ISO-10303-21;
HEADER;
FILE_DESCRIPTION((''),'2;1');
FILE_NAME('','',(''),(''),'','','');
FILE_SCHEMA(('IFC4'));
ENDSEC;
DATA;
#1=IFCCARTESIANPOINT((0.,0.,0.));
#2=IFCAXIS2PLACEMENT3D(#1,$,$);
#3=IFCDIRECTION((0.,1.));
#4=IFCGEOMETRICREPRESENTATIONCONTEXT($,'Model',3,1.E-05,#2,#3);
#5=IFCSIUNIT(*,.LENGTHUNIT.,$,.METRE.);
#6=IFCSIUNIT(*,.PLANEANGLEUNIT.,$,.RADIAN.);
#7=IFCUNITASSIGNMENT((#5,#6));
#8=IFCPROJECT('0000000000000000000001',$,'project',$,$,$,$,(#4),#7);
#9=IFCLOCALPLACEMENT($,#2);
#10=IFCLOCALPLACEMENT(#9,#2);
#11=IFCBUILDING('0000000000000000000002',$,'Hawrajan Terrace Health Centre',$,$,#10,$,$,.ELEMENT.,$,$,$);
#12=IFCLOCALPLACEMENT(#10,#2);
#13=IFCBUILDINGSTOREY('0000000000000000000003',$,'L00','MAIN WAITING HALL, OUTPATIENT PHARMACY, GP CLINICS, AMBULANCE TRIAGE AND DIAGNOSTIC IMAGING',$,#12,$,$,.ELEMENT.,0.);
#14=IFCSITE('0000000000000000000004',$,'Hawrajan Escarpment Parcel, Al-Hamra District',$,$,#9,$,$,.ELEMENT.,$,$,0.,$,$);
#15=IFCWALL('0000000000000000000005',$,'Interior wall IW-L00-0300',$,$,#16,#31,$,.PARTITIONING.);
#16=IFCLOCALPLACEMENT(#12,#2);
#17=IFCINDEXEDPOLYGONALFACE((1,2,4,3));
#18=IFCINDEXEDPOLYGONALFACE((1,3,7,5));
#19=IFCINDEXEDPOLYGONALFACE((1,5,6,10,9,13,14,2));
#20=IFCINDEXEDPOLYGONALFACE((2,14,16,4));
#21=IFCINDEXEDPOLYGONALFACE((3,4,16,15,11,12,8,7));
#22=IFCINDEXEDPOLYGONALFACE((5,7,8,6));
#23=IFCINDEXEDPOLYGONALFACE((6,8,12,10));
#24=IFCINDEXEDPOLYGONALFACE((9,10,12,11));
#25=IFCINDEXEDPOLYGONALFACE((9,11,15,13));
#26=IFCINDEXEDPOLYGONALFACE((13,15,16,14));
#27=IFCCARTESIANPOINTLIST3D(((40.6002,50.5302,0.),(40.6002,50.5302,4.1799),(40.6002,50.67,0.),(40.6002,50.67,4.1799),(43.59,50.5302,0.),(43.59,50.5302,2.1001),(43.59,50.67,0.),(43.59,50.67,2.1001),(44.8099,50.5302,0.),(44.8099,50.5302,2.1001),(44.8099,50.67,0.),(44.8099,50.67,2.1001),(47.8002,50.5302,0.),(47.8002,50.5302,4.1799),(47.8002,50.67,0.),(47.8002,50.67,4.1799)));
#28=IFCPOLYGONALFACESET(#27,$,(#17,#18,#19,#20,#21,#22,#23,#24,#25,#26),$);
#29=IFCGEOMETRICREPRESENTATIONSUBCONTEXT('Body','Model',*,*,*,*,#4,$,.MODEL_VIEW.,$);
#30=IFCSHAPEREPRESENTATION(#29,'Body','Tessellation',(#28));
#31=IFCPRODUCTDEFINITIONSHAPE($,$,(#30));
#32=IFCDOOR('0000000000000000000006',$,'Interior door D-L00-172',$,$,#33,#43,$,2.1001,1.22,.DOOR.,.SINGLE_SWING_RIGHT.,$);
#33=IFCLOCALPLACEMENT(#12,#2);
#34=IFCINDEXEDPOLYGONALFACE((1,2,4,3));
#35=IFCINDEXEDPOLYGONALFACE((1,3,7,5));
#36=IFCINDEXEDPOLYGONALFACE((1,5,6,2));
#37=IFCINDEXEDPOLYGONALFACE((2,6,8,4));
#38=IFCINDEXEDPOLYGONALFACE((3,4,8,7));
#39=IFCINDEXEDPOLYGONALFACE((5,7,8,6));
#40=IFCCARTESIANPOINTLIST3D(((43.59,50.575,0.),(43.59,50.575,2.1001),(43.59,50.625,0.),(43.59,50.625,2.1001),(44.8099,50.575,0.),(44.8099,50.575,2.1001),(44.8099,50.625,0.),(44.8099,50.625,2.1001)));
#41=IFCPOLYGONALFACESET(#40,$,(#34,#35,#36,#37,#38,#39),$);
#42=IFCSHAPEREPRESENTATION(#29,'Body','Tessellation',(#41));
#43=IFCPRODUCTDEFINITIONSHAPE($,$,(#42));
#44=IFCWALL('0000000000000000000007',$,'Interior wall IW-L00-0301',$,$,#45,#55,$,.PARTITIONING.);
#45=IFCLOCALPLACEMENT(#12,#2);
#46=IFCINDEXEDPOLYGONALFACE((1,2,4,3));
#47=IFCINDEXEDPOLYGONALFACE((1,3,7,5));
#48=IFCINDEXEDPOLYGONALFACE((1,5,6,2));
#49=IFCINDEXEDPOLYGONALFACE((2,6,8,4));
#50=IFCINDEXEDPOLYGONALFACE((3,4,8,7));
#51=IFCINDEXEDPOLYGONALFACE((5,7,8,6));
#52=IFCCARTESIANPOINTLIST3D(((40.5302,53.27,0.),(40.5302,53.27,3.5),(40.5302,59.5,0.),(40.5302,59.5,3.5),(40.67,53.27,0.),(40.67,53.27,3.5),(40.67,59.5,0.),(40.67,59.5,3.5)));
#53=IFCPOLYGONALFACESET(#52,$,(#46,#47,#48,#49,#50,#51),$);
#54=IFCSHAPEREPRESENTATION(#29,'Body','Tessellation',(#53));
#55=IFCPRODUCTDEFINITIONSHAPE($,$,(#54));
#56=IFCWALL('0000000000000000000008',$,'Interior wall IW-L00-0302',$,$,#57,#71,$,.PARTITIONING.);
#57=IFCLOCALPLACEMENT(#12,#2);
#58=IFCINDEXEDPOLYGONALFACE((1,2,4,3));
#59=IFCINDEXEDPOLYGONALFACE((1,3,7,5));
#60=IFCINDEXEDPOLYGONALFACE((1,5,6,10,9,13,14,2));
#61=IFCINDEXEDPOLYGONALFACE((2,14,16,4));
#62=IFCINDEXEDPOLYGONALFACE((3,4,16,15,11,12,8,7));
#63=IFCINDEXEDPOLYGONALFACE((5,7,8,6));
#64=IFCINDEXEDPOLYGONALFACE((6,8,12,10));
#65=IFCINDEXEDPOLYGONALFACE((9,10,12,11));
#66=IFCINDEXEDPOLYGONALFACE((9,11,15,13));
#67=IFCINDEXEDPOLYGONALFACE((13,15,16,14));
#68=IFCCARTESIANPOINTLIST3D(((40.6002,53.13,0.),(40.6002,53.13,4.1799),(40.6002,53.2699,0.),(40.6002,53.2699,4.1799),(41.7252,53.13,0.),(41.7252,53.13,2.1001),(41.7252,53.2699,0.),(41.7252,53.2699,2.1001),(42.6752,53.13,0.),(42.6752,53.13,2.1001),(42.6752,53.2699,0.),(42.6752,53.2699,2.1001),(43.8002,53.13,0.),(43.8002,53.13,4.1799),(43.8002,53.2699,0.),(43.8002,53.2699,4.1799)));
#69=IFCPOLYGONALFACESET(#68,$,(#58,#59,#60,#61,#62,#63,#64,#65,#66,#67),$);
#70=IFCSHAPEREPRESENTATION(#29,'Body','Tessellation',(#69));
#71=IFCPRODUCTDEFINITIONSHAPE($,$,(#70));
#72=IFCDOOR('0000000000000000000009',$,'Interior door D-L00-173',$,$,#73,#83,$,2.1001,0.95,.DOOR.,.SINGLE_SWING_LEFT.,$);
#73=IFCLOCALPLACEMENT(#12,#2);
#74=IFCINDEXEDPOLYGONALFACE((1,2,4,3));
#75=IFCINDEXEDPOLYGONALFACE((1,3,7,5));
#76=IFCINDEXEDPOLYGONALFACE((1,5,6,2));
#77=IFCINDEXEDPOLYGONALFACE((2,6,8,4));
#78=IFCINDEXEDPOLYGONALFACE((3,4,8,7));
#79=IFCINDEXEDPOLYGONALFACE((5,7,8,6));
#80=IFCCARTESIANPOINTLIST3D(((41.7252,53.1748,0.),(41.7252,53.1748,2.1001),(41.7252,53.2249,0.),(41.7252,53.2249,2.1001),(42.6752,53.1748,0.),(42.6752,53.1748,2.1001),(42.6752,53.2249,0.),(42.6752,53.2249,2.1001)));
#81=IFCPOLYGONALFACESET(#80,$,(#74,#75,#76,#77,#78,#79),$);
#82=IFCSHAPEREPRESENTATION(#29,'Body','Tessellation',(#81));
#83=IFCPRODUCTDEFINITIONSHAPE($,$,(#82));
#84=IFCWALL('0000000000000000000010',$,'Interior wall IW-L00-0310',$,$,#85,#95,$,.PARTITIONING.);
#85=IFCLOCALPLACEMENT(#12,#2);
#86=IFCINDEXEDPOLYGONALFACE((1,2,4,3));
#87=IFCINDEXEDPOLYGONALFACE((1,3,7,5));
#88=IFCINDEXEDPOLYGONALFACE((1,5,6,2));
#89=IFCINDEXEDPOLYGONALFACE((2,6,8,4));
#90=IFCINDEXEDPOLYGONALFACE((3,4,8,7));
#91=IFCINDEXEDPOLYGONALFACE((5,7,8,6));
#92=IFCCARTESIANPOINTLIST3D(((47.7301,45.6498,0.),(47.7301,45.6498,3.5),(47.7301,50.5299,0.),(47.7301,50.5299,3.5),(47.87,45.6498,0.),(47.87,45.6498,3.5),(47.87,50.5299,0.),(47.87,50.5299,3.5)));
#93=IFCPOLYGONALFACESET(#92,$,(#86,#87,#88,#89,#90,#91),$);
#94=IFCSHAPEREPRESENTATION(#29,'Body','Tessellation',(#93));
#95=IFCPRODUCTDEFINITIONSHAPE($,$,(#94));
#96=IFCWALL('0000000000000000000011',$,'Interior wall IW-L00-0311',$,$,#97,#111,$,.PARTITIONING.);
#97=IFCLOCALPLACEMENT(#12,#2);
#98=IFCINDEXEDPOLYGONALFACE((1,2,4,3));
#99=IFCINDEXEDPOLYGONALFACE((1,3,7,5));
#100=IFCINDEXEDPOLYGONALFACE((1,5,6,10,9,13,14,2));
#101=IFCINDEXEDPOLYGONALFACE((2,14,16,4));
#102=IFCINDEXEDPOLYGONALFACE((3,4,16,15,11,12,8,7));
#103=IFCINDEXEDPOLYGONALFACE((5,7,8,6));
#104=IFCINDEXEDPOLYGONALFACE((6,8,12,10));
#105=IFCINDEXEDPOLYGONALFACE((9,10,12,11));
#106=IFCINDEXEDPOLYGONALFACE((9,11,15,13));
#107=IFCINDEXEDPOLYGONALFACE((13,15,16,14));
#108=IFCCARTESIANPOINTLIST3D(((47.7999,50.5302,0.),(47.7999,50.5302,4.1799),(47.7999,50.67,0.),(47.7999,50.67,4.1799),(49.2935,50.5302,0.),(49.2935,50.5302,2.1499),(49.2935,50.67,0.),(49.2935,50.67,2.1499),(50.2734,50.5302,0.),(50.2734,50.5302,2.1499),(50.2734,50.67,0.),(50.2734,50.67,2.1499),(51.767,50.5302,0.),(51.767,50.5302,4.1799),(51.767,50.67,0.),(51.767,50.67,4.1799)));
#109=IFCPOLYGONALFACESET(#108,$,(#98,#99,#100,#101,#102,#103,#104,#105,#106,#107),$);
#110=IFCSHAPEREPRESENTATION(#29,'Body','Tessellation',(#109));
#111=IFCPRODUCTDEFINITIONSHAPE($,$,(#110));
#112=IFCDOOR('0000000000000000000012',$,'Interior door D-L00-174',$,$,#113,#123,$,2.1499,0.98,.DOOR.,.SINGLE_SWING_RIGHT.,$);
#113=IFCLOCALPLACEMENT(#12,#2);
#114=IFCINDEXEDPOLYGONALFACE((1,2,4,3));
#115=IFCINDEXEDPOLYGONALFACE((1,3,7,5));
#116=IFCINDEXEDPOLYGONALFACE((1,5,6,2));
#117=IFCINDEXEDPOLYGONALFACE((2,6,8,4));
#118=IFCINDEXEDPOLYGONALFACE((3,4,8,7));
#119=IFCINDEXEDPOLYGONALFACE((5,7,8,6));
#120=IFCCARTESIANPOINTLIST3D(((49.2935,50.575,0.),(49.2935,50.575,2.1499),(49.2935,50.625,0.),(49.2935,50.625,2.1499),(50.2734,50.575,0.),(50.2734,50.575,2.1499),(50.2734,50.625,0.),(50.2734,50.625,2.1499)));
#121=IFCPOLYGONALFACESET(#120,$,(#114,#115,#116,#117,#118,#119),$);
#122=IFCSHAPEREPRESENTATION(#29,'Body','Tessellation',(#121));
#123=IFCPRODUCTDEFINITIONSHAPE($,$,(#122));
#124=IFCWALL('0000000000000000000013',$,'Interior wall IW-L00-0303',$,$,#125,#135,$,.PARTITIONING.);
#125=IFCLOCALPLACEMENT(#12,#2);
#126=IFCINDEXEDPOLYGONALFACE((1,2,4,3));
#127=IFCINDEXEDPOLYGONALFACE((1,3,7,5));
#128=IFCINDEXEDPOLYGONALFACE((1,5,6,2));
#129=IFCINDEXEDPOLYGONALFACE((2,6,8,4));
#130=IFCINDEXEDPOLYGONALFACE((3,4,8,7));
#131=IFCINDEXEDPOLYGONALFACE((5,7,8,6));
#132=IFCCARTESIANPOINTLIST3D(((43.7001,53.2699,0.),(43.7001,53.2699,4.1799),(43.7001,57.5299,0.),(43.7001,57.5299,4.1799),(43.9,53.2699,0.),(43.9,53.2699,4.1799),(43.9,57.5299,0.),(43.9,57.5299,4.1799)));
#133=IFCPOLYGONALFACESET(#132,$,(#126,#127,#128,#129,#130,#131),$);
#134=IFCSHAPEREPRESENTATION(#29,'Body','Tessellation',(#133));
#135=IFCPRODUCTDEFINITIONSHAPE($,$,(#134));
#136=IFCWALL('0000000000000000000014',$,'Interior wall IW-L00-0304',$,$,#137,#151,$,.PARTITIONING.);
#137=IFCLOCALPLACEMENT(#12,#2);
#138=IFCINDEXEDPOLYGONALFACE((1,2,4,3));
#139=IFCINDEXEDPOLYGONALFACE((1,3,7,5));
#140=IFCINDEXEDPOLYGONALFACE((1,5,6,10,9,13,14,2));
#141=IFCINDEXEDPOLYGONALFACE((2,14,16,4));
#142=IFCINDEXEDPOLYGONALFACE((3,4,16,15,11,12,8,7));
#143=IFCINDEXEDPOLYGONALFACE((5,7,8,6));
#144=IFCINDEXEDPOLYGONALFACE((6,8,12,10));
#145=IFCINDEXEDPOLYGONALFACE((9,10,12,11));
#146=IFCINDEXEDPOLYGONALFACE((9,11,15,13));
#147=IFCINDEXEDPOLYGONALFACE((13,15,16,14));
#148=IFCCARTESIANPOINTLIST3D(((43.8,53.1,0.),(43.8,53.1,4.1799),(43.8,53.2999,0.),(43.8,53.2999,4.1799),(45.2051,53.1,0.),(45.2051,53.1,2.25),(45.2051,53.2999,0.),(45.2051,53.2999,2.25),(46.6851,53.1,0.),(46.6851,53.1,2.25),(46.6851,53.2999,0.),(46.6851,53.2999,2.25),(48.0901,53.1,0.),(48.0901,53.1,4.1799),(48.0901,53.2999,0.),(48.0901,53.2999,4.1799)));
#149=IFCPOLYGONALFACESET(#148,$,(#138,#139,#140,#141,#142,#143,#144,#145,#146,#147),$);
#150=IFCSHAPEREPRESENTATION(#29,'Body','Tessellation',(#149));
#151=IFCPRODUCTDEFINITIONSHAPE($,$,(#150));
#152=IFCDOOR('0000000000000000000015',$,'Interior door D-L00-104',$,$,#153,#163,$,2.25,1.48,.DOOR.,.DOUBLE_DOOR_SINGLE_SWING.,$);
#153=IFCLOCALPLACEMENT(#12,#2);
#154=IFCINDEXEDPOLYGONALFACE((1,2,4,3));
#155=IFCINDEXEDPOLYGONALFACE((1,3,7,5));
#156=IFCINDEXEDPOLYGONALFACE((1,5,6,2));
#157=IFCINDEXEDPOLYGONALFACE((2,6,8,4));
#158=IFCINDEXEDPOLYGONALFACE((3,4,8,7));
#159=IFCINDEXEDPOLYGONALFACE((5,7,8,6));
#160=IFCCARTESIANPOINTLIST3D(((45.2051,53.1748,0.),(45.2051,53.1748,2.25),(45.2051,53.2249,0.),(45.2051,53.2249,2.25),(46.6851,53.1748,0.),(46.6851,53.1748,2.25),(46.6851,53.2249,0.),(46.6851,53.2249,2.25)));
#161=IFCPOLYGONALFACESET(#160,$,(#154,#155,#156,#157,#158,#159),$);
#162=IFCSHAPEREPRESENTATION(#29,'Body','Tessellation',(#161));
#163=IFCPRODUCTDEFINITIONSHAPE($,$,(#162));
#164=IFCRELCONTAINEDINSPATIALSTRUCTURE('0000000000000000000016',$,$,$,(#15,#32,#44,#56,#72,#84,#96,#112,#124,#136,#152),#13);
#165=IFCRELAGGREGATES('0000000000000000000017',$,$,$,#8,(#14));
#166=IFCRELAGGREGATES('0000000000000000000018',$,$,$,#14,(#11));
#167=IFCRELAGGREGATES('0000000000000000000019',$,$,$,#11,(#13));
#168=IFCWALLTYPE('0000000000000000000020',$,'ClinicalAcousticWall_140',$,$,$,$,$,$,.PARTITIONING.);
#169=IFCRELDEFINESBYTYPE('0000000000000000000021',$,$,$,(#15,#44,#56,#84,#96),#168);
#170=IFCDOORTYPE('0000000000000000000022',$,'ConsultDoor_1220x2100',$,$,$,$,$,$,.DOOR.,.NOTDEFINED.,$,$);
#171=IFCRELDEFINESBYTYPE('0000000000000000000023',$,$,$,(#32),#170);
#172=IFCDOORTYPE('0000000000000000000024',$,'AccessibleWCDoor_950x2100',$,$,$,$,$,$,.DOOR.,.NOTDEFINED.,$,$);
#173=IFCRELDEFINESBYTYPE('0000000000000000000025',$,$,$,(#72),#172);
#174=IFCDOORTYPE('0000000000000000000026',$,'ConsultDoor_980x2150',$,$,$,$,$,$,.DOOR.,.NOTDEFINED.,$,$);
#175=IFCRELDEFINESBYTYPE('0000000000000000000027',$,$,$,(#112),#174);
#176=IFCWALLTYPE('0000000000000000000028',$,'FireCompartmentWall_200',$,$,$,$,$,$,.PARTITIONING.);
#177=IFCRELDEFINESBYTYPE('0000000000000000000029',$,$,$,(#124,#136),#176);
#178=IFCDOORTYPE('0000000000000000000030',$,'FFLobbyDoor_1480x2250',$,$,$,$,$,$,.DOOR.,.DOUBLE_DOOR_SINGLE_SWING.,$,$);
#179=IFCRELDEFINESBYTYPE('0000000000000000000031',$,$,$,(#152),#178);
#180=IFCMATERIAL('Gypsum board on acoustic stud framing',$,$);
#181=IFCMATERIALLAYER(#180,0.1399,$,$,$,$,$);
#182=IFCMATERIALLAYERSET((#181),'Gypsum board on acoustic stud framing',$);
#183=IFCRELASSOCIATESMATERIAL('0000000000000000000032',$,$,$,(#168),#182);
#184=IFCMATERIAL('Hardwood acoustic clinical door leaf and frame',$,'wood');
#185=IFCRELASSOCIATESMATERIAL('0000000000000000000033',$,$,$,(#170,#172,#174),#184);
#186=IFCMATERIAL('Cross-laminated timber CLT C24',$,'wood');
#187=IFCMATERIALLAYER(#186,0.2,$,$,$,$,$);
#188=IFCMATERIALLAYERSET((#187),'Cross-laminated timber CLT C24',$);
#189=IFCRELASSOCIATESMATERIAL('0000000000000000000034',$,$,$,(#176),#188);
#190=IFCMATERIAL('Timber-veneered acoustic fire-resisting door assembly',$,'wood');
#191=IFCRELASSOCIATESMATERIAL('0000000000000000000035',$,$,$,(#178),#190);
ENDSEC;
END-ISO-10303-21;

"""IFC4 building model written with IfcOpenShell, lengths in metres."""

from ifc_helpers import new_model, si_unit, direction, frame, frame_2d, origin, place, context, subcontext, project, spatial, rectangle, extrude, material, layer, layer_set, type_object, element, fill, save


model = new_model("IFC4")

# Units and contexts
model_context = context("Model", 3, precision=1e-05, world=origin(), true_north=direction((0.0, 1.0)))
body_context = subcontext(model_context, "Body", "Model", "MODEL_VIEW")
ifc_project = project(units=[si_unit("LENGTHUNIT", "METRE"), si_unit("PLANEANGLEUNIT", "RADIAN")], contexts=[model_context])

# Site, building, storey
site_placement = place(None, origin())
site = spatial("IfcSite", under=ifc_project, at=site_placement, Name="Hawrajan Escarpment Parcel, Al-Hamra District", CompositionType="ELEMENT", RefElevation=0.0)
building_placement = place(site_placement, origin())
building = spatial("IfcBuilding", under=site, at=building_placement, Name="Hawrajan Terrace Health Centre", CompositionType="ELEMENT")
storey_placement = place(building_placement, origin())
storey = spatial("IfcBuildingStorey", under=building, at=storey_placement, Name="L00", Description="MAIN WAITING HALL, OUTPATIENT PHARMACY, GP CLINICS, AMBULANCE TRIAGE AND DIAGNOSTIC IMAGING", CompositionType="ELEMENT", Elevation=0.0)

# Shared definitions
ifc_material_1 = material(Name="Gypsum board on acoustic stud framing")
ifc_layer_1 = layer(ifc_material_1, 0.1399)
ifc_layer_set_1 = layer_set([ifc_layer_1], Name="Gypsum board on acoustic stud framing")
wall_type_1 = type_object("IfcWallType", Name="ClinicalAcousticWall_140", PredefinedType="PARTITIONING", material=ifc_layer_set_1)

# Wall, opening, door
wall_1_placement = place(storey_placement, frame((40.6001, 50.6001, 0.0), z_axis=(0.0, 0.0, 1.0), x_axis=(1.0, 0.0, 0.0)))
wall_1 = element("IfcWall", 1, at=wall_1_placement, inside=storey, type_object=wall_type_1, Name="Interior wall IW-L00-0300", PredefinedType="PARTITIONING", context=body_context, shape_type="SweptSolid", body=[
    extrude(rectangle(XDim=7.2, YDim=0.1399, at=frame_2d((3.6001, 0.0))), origin(), (0.0, 0.0, 1.0), 4.1799),
])
opening_1_placement = place(wall_1_placement, frame((2.99, 0.0, 0.0)))
opening_1 = element("IfcOpeningElement", 2, at=opening_1_placement, cuts=wall_1, PredefinedType="OPENING", context=body_context, shape_type="SweptSolid", body=[
    extrude(rectangle(XDim=1.22, YDim=2.1001, at=frame_2d((0.6099, 1.05))), frame((0.0, 0.0798, 0.0), z_axis=(0.0, -1.0, 0.0), x_axis=(1.0, 0.0, 0.0)), (0.0, 0.0, 1.0), 0.1599),
])
ifc_material_2 = material(Name="Hardwood acoustic clinical door leaf and frame", Category="wood")
door_type_1 = type_object("IfcDoorType", Name="ConsultDoor_1220x2100", OperationType="NOTDEFINED", PredefinedType="DOOR", material=ifc_material_2)
door_1_placement = place(opening_1_placement, origin())
door_1 = element("IfcDoor", 3, at=door_1_placement, inside=storey, type_object=door_type_1, Name="Interior door D-L00-172", OperationType="SINGLE_SWING_RIGHT", OverallHeight=2.1001, OverallWidth=1.22, PredefinedType="DOOR", context=body_context, shape_type="SweptSolid", body=[
    extrude(rectangle(XDim=1.22, YDim=2.1001, at=frame_2d((0.6099, 1.05))), frame((0.0, 0.0249, 0.0), z_axis=(0.0, -1.0, 0.0), x_axis=(1.0, 0.0, 0.0)), (0.0, 0.0, 1.0), 0.05),
])
fill(opening_1, door_1)

# Wall
wall_2_placement = place(storey_placement, frame((40.6001, 53.27, 0.0), z_axis=(0.0, 0.0, 1.0), x_axis=(0.0, 1.0, 0.0)))
element("IfcWall", 4, at=wall_2_placement, inside=storey, type_object=wall_type_1, Name="Interior wall IW-L00-0301", PredefinedType="PARTITIONING", context=body_context, shape_type="SweptSolid", body=[
    extrude(rectangle(XDim=6.23, YDim=0.1399, at=frame_2d((3.115, 0.0))), origin(), (0.0, 0.0, 1.0), 3.5),
])

# Wall, opening, door
wall_3_placement = place(storey_placement, frame((40.6001, 53.2, 0.0), z_axis=(0.0, 0.0, 1.0), x_axis=(1.0, 0.0, 0.0)))
wall_3 = element("IfcWall", 5, at=wall_3_placement, inside=storey, type_object=wall_type_1, Name="Interior wall IW-L00-0302", PredefinedType="PARTITIONING", context=body_context, shape_type="SweptSolid", body=[
    extrude(rectangle(XDim=3.2, YDim=0.1399, at=frame_2d((1.6001, 0.0))), origin(), (0.0, 0.0, 1.0), 4.1799),
])
opening_2_placement = place(wall_3_placement, frame((1.125, 0.0, 0.0)))
opening_2 = element("IfcOpeningElement", 6, at=opening_2_placement, cuts=wall_3, PredefinedType="OPENING", context=body_context, shape_type="SweptSolid", body=[
    extrude(rectangle(XDim=0.95, YDim=2.1001, at=frame_2d((0.4751, 1.05))), frame((0.0, 0.0798, 0.0), z_axis=(0.0, -1.0, 0.0), x_axis=(1.0, 0.0, 0.0)), (0.0, 0.0, 1.0), 0.1599),
])
door_type_2 = type_object("IfcDoorType", Name="AccessibleWCDoor_950x2100", OperationType="NOTDEFINED", PredefinedType="DOOR", material=ifc_material_2)
door_2_placement = place(opening_2_placement, origin())
door_2 = element("IfcDoor", 7, at=door_2_placement, inside=storey, type_object=door_type_2, Name="Interior door D-L00-173", OperationType="SINGLE_SWING_LEFT", OverallHeight=2.1001, OverallWidth=0.95, PredefinedType="DOOR", context=body_context, shape_type="SweptSolid", body=[
    extrude(rectangle(XDim=0.95, YDim=2.1001, at=frame_2d((0.4751, 1.05))), frame((0.0, 0.0249, 0.0), z_axis=(0.0, -1.0, 0.0), x_axis=(1.0, 0.0, 0.0)), (0.0, 0.0, 1.0), 0.05),
])
fill(opening_2, door_2)

# Wall
wall_4_placement = place(storey_placement, frame((47.8, 45.6499, 0.0), z_axis=(0.0, 0.0, 1.0), x_axis=(0.0, 1.0, 0.0)))
element("IfcWall", 8, at=wall_4_placement, inside=storey, type_object=wall_type_1, Name="Interior wall IW-L00-0310", PredefinedType="PARTITIONING", context=body_context, shape_type="SweptSolid", body=[
    extrude(rectangle(XDim=4.8801, YDim=0.1399, at=frame_2d((2.4399, 0.0))), origin(), (0.0, 0.0, 1.0), 3.5),
])

# Wall, opening, door
wall_5_placement = place(storey_placement, frame((47.8, 50.6001, 0.0), z_axis=(0.0, 0.0, 1.0), x_axis=(1.0, 0.0, 0.0)))
wall_5 = element("IfcWall", 9, at=wall_5_placement, inside=storey, type_object=wall_type_1, Name="Interior wall IW-L00-0311", PredefinedType="PARTITIONING", context=body_context, shape_type="SweptSolid", body=[
    extrude(rectangle(XDim=3.967, YDim=0.1399, at=frame_2d((1.9834, 0.0))), origin(), (0.0, 0.0, 1.0), 4.1799),
])
opening_3_placement = place(wall_5_placement, frame((1.4934, 0.0, 0.0)))
opening_3 = element("IfcOpeningElement", 10, at=opening_3_placement, cuts=wall_5, PredefinedType="OPENING", context=body_context, shape_type="SweptSolid", body=[
    extrude(rectangle(XDim=0.98, YDim=2.1499, at=frame_2d((0.49, 1.075))), frame((0.0, 0.0798, 0.0), z_axis=(0.0, -1.0, 0.0), x_axis=(1.0, 0.0, 0.0)), (0.0, 0.0, 1.0), 0.1599),
])
door_type_3 = type_object("IfcDoorType", Name="ConsultDoor_980x2150", OperationType="NOTDEFINED", PredefinedType="DOOR", material=ifc_material_2)
door_3_placement = place(opening_3_placement, origin())
door_3 = element("IfcDoor", 11, at=door_3_placement, inside=storey, type_object=door_type_3, Name="Interior door D-L00-174", OperationType="SINGLE_SWING_RIGHT", OverallHeight=2.1499, OverallWidth=0.98, PredefinedType="DOOR", context=body_context, shape_type="SweptSolid", body=[
    extrude(rectangle(XDim=0.98, YDim=2.1499, at=frame_2d((0.49, 1.075))), frame((0.0, 0.0249, 0.0), z_axis=(0.0, -1.0, 0.0), x_axis=(1.0, 0.0, 0.0)), (0.0, 0.0, 1.0), 0.05),
])
fill(opening_3, door_3)

# Wall
ifc_material_3 = material(Name="Cross-laminated timber CLT C24", Category="wood")
ifc_layer_2 = layer(ifc_material_3, 0.2)
ifc_layer_set_2 = layer_set([ifc_layer_2], Name="Cross-laminated timber CLT C24")
wall_type_2 = type_object("IfcWallType", Name="FireCompartmentWall_200", PredefinedType="PARTITIONING", material=ifc_layer_set_2)
wall_6_placement = place(storey_placement, frame((43.8, 53.27, 0.0), z_axis=(0.0, 0.0, 1.0), x_axis=(0.0, 1.0, 0.0)))
element("IfcWall", 12, at=wall_6_placement, inside=storey, type_object=wall_type_2, Name="Interior wall IW-L00-0303", PredefinedType="PARTITIONING", context=body_context, shape_type="SweptSolid", body=[
    extrude(rectangle(XDim=4.26, YDim=0.2, at=frame_2d((2.1299, 0.0))), origin(), (0.0, 0.0, 1.0), 4.1799),
])

# Wall, opening, door
wall_7_placement = place(storey_placement, frame((43.8, 53.2, 0.0), z_axis=(0.0, 0.0, 1.0), x_axis=(1.0, 0.0, 0.0)))
wall_7 = element("IfcWall", 13, at=wall_7_placement, inside=storey, type_object=wall_type_2, Name="Interior wall IW-L00-0304", PredefinedType="PARTITIONING", context=body_context, shape_type="SweptSolid", body=[
    extrude(rectangle(XDim=4.29, YDim=0.2, at=frame_2d((2.145, 0.0))), origin(), (0.0, 0.0, 1.0), 4.1799),
])
opening_4_placement = place(wall_7_placement, frame((1.405, 0.0, 0.0)))
opening_4 = element("IfcOpeningElement", 14, at=opening_4_placement, cuts=wall_7, PredefinedType="OPENING", context=body_context, shape_type="SweptSolid", body=[
    extrude(rectangle(XDim=1.48, YDim=2.25, at=frame_2d((0.74, 1.125))), frame((0.0, 0.1099, 0.0), z_axis=(0.0, -1.0, 0.0), x_axis=(1.0, 0.0, 0.0)), (0.0, 0.0, 1.0), 0.22),
])
ifc_material_4 = material(Name="Timber-veneered acoustic fire-resisting door assembly", Category="wood")
door_type_4 = type_object("IfcDoorType", Name="FFLobbyDoor_1480x2250", OperationType="DOUBLE_DOOR_SINGLE_SWING", PredefinedType="DOOR", material=ifc_material_4)
door_4_placement = place(opening_4_placement, origin())
door_4 = element("IfcDoor", 15, at=door_4_placement, inside=storey, type_object=door_type_4, Name="Interior door D-L00-104", OperationType="DOUBLE_DOOR_SINGLE_SWING", OverallHeight=2.25, OverallWidth=1.48, PredefinedType="DOOR", context=body_context, shape_type="SweptSolid", body=[
    extrude(rectangle(XDim=1.48, YDim=2.25, at=frame_2d((0.74, 1.125))), frame((0.0, 0.0249, 0.0), z_axis=(0.0, -1.0, 0.0), x_axis=(1.0, 0.0, 0.0)), (0.0, 0.0, 1.0), 0.05),
])
fill(opening_4, door_4)

save(model, "model.ifc")
